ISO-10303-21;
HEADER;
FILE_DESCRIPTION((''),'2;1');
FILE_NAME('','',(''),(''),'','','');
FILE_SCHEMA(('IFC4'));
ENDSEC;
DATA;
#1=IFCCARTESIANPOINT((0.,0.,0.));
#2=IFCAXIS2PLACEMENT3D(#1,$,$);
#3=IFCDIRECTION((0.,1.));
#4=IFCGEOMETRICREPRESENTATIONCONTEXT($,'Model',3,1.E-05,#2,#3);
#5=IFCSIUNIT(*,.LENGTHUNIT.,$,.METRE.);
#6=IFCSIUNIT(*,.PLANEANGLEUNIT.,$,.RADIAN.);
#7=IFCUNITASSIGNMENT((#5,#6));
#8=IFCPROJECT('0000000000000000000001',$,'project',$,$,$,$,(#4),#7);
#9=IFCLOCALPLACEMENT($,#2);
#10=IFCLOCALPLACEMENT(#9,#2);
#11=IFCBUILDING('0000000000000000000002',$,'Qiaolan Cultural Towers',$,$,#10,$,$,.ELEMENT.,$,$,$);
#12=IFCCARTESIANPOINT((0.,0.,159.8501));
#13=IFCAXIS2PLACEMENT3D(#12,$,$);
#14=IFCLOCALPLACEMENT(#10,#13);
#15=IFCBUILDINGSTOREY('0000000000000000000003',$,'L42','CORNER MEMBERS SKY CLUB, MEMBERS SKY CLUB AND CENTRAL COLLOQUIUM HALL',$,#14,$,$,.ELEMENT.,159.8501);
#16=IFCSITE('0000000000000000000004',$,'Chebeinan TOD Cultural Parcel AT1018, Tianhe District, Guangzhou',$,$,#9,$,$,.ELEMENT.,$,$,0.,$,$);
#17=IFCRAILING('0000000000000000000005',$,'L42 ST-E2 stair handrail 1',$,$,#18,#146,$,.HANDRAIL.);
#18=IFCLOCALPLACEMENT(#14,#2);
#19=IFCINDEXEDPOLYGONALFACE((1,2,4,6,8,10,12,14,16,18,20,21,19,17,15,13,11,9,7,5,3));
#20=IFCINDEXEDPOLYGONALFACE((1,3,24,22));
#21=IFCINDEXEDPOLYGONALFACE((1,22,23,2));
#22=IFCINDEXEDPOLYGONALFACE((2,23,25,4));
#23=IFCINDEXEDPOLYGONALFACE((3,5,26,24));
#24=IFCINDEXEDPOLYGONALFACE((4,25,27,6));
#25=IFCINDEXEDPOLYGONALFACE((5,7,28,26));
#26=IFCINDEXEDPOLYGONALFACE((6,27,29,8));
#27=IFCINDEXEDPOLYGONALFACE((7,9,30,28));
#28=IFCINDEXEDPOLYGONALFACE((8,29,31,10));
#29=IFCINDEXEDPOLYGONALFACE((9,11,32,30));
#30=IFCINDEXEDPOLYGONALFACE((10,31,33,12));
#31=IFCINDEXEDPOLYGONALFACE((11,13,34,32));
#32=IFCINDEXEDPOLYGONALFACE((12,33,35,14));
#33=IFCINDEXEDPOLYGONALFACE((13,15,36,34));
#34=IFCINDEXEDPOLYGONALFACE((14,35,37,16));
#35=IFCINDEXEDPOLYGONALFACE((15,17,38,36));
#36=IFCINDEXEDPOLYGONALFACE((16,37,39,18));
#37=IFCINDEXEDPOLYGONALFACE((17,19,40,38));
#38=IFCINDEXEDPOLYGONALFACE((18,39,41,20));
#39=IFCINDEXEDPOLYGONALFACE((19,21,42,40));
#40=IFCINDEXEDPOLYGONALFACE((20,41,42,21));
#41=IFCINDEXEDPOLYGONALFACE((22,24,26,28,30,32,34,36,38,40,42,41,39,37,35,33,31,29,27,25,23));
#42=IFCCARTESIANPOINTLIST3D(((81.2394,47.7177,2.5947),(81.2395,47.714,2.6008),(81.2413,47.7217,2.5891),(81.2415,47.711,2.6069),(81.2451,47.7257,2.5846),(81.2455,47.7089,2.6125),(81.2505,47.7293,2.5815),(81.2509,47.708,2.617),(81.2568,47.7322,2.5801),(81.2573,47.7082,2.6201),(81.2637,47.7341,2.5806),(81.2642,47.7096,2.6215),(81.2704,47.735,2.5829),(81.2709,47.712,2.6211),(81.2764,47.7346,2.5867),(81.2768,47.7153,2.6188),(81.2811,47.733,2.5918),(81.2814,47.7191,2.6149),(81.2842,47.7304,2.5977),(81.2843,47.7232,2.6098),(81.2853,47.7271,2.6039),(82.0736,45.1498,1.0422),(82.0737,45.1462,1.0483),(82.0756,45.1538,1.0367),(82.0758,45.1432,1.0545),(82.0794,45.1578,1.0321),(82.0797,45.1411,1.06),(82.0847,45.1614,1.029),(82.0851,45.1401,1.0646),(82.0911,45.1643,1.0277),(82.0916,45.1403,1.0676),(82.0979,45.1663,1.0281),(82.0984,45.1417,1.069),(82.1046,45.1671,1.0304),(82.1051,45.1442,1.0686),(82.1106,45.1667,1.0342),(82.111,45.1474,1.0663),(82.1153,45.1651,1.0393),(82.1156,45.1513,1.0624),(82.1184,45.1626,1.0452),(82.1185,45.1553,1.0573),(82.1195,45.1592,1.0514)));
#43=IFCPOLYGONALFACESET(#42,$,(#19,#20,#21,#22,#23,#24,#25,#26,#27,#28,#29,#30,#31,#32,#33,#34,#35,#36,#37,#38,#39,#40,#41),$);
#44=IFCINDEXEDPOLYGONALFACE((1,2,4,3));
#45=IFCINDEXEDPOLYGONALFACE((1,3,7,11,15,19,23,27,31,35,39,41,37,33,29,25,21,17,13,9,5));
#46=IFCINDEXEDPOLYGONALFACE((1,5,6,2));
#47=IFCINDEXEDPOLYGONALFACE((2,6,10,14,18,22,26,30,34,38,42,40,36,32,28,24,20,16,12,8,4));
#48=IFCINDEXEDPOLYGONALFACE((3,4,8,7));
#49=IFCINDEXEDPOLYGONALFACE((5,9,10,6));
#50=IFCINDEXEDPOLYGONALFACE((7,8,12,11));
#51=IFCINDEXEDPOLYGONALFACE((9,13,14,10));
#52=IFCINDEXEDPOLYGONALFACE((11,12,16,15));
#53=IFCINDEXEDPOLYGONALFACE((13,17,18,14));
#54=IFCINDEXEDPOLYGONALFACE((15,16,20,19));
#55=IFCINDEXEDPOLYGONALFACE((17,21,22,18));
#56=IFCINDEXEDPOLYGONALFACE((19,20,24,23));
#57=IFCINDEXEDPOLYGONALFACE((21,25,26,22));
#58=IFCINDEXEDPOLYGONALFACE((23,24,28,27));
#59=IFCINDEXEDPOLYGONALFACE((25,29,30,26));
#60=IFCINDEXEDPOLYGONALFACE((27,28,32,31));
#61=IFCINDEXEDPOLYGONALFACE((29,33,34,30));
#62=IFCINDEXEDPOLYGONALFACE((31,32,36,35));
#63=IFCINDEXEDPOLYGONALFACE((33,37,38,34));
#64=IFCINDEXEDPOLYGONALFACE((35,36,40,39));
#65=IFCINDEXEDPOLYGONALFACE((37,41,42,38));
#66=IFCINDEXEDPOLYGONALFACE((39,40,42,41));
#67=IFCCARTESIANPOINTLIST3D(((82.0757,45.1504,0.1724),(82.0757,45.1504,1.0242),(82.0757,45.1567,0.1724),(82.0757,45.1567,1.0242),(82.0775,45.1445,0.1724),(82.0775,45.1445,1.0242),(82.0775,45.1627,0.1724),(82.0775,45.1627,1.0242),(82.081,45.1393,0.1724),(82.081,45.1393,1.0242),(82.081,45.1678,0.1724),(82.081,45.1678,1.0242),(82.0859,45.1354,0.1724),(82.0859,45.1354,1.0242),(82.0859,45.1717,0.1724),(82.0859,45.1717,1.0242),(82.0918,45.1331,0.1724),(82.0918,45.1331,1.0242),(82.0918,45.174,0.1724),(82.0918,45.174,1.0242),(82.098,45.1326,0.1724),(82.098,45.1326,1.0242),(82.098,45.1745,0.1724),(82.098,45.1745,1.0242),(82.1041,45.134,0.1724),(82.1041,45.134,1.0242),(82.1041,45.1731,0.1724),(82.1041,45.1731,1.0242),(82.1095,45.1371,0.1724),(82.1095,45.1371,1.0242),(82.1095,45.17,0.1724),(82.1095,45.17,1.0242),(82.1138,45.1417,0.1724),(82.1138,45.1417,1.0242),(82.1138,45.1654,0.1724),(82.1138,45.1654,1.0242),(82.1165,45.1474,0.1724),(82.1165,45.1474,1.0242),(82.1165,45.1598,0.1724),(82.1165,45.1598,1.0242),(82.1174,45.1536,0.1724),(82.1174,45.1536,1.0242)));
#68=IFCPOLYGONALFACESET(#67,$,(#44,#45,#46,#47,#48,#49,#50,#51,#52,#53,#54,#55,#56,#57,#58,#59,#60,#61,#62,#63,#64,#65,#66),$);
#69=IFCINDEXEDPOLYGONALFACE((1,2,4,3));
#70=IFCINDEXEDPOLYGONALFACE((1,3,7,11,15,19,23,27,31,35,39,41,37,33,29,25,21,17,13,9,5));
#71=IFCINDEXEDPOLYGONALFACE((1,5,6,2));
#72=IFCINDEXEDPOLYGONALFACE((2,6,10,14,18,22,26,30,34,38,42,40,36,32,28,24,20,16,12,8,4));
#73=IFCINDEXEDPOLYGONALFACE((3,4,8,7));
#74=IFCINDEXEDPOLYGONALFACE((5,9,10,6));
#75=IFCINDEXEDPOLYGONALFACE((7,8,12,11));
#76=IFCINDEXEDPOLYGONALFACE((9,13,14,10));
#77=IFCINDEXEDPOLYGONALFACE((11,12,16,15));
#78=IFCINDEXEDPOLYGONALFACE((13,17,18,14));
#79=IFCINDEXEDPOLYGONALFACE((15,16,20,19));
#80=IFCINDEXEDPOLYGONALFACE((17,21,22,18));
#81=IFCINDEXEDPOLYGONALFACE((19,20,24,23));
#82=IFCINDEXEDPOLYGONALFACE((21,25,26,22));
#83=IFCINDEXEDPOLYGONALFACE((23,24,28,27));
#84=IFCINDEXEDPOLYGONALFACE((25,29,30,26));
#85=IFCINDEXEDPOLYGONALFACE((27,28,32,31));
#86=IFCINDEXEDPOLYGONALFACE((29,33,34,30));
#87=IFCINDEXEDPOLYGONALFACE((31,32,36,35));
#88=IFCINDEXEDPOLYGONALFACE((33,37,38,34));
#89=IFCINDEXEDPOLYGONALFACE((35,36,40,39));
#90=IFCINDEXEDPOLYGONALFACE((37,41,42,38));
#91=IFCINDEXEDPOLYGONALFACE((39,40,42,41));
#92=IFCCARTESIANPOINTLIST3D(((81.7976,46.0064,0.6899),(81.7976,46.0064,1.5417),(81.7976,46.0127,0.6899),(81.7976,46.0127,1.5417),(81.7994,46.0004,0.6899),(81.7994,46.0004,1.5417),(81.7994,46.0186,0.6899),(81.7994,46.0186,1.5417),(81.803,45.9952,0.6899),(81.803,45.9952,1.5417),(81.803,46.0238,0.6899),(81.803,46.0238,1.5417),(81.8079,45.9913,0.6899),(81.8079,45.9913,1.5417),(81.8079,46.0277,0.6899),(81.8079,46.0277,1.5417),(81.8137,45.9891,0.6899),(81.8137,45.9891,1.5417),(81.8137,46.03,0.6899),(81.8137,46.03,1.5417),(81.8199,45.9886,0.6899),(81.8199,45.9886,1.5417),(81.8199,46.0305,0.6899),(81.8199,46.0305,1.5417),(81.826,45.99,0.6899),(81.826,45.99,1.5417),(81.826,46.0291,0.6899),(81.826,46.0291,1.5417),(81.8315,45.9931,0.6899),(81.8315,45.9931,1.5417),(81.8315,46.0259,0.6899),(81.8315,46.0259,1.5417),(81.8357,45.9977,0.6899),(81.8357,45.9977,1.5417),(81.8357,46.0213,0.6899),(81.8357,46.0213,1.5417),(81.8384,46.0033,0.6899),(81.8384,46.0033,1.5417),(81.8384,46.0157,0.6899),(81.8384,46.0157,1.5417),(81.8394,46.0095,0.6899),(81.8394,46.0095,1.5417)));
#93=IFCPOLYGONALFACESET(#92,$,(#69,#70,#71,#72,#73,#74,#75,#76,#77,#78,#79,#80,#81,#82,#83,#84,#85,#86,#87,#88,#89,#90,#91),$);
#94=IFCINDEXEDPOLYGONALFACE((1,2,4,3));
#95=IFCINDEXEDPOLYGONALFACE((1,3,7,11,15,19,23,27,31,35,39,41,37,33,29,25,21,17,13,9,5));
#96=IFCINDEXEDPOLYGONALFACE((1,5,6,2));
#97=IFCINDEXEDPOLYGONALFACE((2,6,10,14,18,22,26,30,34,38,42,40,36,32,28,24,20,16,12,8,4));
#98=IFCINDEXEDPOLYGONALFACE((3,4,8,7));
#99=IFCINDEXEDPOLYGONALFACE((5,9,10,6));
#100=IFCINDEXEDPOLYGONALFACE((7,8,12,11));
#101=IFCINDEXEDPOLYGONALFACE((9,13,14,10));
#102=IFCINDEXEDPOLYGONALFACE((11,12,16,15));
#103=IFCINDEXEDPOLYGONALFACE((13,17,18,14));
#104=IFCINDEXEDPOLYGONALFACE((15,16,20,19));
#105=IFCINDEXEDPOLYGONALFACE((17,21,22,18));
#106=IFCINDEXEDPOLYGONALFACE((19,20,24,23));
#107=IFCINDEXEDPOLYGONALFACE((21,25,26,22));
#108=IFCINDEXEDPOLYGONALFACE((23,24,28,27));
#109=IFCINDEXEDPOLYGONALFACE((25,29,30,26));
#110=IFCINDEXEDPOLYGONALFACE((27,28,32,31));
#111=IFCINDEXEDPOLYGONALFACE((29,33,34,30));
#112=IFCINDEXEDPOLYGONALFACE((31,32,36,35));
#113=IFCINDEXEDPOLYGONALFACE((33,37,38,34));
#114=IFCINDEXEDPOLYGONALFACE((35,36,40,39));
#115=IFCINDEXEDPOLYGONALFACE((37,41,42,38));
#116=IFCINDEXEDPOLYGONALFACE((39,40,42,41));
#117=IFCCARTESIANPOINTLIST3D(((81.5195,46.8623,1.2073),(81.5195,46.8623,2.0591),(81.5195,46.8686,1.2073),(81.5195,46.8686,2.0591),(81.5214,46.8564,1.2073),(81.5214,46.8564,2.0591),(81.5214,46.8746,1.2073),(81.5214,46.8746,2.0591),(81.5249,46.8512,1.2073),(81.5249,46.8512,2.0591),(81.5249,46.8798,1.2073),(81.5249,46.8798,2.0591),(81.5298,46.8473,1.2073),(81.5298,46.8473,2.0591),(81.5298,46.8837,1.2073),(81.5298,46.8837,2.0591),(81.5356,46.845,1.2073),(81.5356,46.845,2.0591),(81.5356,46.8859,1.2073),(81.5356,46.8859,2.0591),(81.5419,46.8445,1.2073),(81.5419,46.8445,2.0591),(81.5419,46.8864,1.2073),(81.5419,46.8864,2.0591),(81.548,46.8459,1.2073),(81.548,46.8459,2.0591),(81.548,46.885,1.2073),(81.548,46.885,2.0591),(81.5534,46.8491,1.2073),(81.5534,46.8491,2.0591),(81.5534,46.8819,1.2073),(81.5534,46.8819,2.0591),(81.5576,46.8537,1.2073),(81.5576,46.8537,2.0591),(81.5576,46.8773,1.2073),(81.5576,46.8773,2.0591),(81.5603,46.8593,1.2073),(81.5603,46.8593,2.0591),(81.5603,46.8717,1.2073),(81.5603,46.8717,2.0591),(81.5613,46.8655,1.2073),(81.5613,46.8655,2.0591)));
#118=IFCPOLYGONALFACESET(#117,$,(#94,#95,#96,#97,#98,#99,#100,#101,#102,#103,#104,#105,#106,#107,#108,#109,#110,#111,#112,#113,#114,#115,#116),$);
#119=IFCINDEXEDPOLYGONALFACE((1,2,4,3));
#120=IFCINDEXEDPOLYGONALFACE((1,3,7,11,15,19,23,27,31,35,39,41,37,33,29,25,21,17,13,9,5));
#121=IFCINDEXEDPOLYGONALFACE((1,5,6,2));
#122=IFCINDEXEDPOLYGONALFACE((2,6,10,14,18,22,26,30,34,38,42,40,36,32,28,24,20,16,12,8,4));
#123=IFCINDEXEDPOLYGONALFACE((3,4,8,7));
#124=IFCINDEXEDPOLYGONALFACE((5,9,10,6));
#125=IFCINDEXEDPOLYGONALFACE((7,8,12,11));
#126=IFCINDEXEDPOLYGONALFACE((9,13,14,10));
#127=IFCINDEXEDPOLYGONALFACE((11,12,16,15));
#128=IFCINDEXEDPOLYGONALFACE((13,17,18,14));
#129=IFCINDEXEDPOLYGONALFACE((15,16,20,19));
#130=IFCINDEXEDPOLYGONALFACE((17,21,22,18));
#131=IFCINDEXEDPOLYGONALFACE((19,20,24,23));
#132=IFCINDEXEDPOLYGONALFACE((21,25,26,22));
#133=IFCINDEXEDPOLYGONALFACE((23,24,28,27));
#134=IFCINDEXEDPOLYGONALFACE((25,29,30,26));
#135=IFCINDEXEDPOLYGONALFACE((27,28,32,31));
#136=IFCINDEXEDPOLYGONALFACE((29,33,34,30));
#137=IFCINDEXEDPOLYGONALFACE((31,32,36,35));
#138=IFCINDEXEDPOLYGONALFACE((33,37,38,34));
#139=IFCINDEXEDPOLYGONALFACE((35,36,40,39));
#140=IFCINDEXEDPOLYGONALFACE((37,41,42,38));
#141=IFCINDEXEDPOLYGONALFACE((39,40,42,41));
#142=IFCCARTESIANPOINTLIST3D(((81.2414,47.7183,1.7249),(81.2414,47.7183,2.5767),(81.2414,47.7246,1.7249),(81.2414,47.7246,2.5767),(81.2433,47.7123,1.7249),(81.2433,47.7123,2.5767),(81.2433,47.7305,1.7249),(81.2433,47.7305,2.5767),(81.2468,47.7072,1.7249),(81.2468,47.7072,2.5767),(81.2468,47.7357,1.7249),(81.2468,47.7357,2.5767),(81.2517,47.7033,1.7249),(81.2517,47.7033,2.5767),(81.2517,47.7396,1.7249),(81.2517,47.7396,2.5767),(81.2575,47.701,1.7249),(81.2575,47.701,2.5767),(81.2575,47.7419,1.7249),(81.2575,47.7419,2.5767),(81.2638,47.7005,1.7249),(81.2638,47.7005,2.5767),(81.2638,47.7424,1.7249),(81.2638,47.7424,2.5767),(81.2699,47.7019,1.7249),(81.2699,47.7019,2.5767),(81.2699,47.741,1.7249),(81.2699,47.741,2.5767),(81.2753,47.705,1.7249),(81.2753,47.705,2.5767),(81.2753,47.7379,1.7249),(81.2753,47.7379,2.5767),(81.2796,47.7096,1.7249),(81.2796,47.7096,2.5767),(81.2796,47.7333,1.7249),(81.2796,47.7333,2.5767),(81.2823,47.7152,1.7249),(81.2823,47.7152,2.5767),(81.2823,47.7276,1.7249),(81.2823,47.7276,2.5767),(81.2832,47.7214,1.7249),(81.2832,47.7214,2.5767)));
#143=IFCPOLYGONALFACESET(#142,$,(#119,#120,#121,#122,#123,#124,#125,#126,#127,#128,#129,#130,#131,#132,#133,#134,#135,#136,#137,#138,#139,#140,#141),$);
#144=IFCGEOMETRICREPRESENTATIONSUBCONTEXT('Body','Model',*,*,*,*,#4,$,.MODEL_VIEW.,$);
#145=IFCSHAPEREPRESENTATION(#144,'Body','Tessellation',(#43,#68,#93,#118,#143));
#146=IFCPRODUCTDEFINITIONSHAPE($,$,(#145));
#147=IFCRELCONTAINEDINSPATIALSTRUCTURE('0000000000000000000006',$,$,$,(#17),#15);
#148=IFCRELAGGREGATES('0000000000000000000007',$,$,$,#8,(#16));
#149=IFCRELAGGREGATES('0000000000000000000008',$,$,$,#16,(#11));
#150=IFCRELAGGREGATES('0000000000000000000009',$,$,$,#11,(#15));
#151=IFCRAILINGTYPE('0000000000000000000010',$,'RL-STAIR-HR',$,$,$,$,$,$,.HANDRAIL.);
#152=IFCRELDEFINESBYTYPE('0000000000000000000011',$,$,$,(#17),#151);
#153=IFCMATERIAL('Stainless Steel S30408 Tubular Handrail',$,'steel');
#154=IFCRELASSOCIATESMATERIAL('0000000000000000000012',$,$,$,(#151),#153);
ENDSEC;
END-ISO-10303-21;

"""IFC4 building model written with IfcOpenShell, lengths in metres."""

from ifc_helpers import new_model, si_unit, direction, frame, origin, origin_2d, place, context, subcontext, project, spatial, circle, extrude, material, type_object, element, save


model = new_model("IFC4")

# Units and contexts
model_context = context("Model", 3, precision=1e-05, world=origin(), true_north=direction((0.0, 1.0)))
body_context = subcontext(model_context, "Body", "Model", "MODEL_VIEW")
ifc_project = project(units=[si_unit("LENGTHUNIT", "METRE"), si_unit("PLANEANGLEUNIT", "RADIAN")], contexts=[model_context])

# Site, building, storey
site_placement = place(None, origin())
site = spatial("IfcSite", under=ifc_project, at=site_placement, Name="Chebeinan TOD Cultural Parcel AT1018, Tianhe District, Guangzhou", CompositionType="ELEMENT", RefElevation=0.0)
building_placement = place(site_placement, origin())
building = spatial("IfcBuilding", under=site, at=building_placement, Name="Qiaolan Cultural Towers", CompositionType="ELEMENT")
storey_placement = place(building_placement, frame((0.0, 0.0, 159.8501)))
storey = spatial("IfcBuildingStorey", under=building, at=storey_placement, Name="L42", Description="CORNER MEMBERS SKY CLUB, MEMBERS SKY CLUB AND CENTRAL COLLOQUIUM HALL", CompositionType="ELEMENT", Elevation=159.8501)

# Railing
ifc_material_1 = material(Name="Stainless Steel S30408 Tubular Handrail", Category="steel")
railing_type_1 = type_object("IfcRailingType", Name="RL-STAIR-HR", PredefinedType="HANDRAIL", material=ifc_material_1)
railing_1_placement = place(storey_placement, frame((82.0964, 45.1536, 0.1724)))
element("IfcRailing", 1, at=railing_1_placement, inside=storey, type_object=railing_type_1, Name="L42 ST-E2 stair handrail 1", PredefinedType="HANDRAIL", context=body_context, shape_type="SweptSolid", body=[
    extrude(circle(Radius=0.0239, at=origin_2d()), frame((0.0, 0.0, 0.876), z_axis=(-0.267853, 0.824488, 0.498471), x_axis=(-0.95107, -0.308976, 0.0)), (0.0, 0.0, 1.0), 3.1145),
    extrude(circle(Radius=0.021, at=origin_2d()), origin(), (0.0, 0.0, 1.0), 0.8518),
    extrude(circle(Radius=0.021, at=origin_2d()), frame((-0.2781, 0.856, 0.5176)), (0.0, 0.0, 1.0), 0.8518),
    extrude(circle(Radius=0.021, at=origin_2d()), frame((-0.5562, 1.7119, 1.0349)), (0.0, 0.0, 1.0), 0.8518),
    extrude(circle(Radius=0.021, at=origin_2d()), frame((-0.8342, 2.5679, 1.5525)), (0.0, 0.0, 1.0), 0.8518),
])

save(model, "model.ifc")
